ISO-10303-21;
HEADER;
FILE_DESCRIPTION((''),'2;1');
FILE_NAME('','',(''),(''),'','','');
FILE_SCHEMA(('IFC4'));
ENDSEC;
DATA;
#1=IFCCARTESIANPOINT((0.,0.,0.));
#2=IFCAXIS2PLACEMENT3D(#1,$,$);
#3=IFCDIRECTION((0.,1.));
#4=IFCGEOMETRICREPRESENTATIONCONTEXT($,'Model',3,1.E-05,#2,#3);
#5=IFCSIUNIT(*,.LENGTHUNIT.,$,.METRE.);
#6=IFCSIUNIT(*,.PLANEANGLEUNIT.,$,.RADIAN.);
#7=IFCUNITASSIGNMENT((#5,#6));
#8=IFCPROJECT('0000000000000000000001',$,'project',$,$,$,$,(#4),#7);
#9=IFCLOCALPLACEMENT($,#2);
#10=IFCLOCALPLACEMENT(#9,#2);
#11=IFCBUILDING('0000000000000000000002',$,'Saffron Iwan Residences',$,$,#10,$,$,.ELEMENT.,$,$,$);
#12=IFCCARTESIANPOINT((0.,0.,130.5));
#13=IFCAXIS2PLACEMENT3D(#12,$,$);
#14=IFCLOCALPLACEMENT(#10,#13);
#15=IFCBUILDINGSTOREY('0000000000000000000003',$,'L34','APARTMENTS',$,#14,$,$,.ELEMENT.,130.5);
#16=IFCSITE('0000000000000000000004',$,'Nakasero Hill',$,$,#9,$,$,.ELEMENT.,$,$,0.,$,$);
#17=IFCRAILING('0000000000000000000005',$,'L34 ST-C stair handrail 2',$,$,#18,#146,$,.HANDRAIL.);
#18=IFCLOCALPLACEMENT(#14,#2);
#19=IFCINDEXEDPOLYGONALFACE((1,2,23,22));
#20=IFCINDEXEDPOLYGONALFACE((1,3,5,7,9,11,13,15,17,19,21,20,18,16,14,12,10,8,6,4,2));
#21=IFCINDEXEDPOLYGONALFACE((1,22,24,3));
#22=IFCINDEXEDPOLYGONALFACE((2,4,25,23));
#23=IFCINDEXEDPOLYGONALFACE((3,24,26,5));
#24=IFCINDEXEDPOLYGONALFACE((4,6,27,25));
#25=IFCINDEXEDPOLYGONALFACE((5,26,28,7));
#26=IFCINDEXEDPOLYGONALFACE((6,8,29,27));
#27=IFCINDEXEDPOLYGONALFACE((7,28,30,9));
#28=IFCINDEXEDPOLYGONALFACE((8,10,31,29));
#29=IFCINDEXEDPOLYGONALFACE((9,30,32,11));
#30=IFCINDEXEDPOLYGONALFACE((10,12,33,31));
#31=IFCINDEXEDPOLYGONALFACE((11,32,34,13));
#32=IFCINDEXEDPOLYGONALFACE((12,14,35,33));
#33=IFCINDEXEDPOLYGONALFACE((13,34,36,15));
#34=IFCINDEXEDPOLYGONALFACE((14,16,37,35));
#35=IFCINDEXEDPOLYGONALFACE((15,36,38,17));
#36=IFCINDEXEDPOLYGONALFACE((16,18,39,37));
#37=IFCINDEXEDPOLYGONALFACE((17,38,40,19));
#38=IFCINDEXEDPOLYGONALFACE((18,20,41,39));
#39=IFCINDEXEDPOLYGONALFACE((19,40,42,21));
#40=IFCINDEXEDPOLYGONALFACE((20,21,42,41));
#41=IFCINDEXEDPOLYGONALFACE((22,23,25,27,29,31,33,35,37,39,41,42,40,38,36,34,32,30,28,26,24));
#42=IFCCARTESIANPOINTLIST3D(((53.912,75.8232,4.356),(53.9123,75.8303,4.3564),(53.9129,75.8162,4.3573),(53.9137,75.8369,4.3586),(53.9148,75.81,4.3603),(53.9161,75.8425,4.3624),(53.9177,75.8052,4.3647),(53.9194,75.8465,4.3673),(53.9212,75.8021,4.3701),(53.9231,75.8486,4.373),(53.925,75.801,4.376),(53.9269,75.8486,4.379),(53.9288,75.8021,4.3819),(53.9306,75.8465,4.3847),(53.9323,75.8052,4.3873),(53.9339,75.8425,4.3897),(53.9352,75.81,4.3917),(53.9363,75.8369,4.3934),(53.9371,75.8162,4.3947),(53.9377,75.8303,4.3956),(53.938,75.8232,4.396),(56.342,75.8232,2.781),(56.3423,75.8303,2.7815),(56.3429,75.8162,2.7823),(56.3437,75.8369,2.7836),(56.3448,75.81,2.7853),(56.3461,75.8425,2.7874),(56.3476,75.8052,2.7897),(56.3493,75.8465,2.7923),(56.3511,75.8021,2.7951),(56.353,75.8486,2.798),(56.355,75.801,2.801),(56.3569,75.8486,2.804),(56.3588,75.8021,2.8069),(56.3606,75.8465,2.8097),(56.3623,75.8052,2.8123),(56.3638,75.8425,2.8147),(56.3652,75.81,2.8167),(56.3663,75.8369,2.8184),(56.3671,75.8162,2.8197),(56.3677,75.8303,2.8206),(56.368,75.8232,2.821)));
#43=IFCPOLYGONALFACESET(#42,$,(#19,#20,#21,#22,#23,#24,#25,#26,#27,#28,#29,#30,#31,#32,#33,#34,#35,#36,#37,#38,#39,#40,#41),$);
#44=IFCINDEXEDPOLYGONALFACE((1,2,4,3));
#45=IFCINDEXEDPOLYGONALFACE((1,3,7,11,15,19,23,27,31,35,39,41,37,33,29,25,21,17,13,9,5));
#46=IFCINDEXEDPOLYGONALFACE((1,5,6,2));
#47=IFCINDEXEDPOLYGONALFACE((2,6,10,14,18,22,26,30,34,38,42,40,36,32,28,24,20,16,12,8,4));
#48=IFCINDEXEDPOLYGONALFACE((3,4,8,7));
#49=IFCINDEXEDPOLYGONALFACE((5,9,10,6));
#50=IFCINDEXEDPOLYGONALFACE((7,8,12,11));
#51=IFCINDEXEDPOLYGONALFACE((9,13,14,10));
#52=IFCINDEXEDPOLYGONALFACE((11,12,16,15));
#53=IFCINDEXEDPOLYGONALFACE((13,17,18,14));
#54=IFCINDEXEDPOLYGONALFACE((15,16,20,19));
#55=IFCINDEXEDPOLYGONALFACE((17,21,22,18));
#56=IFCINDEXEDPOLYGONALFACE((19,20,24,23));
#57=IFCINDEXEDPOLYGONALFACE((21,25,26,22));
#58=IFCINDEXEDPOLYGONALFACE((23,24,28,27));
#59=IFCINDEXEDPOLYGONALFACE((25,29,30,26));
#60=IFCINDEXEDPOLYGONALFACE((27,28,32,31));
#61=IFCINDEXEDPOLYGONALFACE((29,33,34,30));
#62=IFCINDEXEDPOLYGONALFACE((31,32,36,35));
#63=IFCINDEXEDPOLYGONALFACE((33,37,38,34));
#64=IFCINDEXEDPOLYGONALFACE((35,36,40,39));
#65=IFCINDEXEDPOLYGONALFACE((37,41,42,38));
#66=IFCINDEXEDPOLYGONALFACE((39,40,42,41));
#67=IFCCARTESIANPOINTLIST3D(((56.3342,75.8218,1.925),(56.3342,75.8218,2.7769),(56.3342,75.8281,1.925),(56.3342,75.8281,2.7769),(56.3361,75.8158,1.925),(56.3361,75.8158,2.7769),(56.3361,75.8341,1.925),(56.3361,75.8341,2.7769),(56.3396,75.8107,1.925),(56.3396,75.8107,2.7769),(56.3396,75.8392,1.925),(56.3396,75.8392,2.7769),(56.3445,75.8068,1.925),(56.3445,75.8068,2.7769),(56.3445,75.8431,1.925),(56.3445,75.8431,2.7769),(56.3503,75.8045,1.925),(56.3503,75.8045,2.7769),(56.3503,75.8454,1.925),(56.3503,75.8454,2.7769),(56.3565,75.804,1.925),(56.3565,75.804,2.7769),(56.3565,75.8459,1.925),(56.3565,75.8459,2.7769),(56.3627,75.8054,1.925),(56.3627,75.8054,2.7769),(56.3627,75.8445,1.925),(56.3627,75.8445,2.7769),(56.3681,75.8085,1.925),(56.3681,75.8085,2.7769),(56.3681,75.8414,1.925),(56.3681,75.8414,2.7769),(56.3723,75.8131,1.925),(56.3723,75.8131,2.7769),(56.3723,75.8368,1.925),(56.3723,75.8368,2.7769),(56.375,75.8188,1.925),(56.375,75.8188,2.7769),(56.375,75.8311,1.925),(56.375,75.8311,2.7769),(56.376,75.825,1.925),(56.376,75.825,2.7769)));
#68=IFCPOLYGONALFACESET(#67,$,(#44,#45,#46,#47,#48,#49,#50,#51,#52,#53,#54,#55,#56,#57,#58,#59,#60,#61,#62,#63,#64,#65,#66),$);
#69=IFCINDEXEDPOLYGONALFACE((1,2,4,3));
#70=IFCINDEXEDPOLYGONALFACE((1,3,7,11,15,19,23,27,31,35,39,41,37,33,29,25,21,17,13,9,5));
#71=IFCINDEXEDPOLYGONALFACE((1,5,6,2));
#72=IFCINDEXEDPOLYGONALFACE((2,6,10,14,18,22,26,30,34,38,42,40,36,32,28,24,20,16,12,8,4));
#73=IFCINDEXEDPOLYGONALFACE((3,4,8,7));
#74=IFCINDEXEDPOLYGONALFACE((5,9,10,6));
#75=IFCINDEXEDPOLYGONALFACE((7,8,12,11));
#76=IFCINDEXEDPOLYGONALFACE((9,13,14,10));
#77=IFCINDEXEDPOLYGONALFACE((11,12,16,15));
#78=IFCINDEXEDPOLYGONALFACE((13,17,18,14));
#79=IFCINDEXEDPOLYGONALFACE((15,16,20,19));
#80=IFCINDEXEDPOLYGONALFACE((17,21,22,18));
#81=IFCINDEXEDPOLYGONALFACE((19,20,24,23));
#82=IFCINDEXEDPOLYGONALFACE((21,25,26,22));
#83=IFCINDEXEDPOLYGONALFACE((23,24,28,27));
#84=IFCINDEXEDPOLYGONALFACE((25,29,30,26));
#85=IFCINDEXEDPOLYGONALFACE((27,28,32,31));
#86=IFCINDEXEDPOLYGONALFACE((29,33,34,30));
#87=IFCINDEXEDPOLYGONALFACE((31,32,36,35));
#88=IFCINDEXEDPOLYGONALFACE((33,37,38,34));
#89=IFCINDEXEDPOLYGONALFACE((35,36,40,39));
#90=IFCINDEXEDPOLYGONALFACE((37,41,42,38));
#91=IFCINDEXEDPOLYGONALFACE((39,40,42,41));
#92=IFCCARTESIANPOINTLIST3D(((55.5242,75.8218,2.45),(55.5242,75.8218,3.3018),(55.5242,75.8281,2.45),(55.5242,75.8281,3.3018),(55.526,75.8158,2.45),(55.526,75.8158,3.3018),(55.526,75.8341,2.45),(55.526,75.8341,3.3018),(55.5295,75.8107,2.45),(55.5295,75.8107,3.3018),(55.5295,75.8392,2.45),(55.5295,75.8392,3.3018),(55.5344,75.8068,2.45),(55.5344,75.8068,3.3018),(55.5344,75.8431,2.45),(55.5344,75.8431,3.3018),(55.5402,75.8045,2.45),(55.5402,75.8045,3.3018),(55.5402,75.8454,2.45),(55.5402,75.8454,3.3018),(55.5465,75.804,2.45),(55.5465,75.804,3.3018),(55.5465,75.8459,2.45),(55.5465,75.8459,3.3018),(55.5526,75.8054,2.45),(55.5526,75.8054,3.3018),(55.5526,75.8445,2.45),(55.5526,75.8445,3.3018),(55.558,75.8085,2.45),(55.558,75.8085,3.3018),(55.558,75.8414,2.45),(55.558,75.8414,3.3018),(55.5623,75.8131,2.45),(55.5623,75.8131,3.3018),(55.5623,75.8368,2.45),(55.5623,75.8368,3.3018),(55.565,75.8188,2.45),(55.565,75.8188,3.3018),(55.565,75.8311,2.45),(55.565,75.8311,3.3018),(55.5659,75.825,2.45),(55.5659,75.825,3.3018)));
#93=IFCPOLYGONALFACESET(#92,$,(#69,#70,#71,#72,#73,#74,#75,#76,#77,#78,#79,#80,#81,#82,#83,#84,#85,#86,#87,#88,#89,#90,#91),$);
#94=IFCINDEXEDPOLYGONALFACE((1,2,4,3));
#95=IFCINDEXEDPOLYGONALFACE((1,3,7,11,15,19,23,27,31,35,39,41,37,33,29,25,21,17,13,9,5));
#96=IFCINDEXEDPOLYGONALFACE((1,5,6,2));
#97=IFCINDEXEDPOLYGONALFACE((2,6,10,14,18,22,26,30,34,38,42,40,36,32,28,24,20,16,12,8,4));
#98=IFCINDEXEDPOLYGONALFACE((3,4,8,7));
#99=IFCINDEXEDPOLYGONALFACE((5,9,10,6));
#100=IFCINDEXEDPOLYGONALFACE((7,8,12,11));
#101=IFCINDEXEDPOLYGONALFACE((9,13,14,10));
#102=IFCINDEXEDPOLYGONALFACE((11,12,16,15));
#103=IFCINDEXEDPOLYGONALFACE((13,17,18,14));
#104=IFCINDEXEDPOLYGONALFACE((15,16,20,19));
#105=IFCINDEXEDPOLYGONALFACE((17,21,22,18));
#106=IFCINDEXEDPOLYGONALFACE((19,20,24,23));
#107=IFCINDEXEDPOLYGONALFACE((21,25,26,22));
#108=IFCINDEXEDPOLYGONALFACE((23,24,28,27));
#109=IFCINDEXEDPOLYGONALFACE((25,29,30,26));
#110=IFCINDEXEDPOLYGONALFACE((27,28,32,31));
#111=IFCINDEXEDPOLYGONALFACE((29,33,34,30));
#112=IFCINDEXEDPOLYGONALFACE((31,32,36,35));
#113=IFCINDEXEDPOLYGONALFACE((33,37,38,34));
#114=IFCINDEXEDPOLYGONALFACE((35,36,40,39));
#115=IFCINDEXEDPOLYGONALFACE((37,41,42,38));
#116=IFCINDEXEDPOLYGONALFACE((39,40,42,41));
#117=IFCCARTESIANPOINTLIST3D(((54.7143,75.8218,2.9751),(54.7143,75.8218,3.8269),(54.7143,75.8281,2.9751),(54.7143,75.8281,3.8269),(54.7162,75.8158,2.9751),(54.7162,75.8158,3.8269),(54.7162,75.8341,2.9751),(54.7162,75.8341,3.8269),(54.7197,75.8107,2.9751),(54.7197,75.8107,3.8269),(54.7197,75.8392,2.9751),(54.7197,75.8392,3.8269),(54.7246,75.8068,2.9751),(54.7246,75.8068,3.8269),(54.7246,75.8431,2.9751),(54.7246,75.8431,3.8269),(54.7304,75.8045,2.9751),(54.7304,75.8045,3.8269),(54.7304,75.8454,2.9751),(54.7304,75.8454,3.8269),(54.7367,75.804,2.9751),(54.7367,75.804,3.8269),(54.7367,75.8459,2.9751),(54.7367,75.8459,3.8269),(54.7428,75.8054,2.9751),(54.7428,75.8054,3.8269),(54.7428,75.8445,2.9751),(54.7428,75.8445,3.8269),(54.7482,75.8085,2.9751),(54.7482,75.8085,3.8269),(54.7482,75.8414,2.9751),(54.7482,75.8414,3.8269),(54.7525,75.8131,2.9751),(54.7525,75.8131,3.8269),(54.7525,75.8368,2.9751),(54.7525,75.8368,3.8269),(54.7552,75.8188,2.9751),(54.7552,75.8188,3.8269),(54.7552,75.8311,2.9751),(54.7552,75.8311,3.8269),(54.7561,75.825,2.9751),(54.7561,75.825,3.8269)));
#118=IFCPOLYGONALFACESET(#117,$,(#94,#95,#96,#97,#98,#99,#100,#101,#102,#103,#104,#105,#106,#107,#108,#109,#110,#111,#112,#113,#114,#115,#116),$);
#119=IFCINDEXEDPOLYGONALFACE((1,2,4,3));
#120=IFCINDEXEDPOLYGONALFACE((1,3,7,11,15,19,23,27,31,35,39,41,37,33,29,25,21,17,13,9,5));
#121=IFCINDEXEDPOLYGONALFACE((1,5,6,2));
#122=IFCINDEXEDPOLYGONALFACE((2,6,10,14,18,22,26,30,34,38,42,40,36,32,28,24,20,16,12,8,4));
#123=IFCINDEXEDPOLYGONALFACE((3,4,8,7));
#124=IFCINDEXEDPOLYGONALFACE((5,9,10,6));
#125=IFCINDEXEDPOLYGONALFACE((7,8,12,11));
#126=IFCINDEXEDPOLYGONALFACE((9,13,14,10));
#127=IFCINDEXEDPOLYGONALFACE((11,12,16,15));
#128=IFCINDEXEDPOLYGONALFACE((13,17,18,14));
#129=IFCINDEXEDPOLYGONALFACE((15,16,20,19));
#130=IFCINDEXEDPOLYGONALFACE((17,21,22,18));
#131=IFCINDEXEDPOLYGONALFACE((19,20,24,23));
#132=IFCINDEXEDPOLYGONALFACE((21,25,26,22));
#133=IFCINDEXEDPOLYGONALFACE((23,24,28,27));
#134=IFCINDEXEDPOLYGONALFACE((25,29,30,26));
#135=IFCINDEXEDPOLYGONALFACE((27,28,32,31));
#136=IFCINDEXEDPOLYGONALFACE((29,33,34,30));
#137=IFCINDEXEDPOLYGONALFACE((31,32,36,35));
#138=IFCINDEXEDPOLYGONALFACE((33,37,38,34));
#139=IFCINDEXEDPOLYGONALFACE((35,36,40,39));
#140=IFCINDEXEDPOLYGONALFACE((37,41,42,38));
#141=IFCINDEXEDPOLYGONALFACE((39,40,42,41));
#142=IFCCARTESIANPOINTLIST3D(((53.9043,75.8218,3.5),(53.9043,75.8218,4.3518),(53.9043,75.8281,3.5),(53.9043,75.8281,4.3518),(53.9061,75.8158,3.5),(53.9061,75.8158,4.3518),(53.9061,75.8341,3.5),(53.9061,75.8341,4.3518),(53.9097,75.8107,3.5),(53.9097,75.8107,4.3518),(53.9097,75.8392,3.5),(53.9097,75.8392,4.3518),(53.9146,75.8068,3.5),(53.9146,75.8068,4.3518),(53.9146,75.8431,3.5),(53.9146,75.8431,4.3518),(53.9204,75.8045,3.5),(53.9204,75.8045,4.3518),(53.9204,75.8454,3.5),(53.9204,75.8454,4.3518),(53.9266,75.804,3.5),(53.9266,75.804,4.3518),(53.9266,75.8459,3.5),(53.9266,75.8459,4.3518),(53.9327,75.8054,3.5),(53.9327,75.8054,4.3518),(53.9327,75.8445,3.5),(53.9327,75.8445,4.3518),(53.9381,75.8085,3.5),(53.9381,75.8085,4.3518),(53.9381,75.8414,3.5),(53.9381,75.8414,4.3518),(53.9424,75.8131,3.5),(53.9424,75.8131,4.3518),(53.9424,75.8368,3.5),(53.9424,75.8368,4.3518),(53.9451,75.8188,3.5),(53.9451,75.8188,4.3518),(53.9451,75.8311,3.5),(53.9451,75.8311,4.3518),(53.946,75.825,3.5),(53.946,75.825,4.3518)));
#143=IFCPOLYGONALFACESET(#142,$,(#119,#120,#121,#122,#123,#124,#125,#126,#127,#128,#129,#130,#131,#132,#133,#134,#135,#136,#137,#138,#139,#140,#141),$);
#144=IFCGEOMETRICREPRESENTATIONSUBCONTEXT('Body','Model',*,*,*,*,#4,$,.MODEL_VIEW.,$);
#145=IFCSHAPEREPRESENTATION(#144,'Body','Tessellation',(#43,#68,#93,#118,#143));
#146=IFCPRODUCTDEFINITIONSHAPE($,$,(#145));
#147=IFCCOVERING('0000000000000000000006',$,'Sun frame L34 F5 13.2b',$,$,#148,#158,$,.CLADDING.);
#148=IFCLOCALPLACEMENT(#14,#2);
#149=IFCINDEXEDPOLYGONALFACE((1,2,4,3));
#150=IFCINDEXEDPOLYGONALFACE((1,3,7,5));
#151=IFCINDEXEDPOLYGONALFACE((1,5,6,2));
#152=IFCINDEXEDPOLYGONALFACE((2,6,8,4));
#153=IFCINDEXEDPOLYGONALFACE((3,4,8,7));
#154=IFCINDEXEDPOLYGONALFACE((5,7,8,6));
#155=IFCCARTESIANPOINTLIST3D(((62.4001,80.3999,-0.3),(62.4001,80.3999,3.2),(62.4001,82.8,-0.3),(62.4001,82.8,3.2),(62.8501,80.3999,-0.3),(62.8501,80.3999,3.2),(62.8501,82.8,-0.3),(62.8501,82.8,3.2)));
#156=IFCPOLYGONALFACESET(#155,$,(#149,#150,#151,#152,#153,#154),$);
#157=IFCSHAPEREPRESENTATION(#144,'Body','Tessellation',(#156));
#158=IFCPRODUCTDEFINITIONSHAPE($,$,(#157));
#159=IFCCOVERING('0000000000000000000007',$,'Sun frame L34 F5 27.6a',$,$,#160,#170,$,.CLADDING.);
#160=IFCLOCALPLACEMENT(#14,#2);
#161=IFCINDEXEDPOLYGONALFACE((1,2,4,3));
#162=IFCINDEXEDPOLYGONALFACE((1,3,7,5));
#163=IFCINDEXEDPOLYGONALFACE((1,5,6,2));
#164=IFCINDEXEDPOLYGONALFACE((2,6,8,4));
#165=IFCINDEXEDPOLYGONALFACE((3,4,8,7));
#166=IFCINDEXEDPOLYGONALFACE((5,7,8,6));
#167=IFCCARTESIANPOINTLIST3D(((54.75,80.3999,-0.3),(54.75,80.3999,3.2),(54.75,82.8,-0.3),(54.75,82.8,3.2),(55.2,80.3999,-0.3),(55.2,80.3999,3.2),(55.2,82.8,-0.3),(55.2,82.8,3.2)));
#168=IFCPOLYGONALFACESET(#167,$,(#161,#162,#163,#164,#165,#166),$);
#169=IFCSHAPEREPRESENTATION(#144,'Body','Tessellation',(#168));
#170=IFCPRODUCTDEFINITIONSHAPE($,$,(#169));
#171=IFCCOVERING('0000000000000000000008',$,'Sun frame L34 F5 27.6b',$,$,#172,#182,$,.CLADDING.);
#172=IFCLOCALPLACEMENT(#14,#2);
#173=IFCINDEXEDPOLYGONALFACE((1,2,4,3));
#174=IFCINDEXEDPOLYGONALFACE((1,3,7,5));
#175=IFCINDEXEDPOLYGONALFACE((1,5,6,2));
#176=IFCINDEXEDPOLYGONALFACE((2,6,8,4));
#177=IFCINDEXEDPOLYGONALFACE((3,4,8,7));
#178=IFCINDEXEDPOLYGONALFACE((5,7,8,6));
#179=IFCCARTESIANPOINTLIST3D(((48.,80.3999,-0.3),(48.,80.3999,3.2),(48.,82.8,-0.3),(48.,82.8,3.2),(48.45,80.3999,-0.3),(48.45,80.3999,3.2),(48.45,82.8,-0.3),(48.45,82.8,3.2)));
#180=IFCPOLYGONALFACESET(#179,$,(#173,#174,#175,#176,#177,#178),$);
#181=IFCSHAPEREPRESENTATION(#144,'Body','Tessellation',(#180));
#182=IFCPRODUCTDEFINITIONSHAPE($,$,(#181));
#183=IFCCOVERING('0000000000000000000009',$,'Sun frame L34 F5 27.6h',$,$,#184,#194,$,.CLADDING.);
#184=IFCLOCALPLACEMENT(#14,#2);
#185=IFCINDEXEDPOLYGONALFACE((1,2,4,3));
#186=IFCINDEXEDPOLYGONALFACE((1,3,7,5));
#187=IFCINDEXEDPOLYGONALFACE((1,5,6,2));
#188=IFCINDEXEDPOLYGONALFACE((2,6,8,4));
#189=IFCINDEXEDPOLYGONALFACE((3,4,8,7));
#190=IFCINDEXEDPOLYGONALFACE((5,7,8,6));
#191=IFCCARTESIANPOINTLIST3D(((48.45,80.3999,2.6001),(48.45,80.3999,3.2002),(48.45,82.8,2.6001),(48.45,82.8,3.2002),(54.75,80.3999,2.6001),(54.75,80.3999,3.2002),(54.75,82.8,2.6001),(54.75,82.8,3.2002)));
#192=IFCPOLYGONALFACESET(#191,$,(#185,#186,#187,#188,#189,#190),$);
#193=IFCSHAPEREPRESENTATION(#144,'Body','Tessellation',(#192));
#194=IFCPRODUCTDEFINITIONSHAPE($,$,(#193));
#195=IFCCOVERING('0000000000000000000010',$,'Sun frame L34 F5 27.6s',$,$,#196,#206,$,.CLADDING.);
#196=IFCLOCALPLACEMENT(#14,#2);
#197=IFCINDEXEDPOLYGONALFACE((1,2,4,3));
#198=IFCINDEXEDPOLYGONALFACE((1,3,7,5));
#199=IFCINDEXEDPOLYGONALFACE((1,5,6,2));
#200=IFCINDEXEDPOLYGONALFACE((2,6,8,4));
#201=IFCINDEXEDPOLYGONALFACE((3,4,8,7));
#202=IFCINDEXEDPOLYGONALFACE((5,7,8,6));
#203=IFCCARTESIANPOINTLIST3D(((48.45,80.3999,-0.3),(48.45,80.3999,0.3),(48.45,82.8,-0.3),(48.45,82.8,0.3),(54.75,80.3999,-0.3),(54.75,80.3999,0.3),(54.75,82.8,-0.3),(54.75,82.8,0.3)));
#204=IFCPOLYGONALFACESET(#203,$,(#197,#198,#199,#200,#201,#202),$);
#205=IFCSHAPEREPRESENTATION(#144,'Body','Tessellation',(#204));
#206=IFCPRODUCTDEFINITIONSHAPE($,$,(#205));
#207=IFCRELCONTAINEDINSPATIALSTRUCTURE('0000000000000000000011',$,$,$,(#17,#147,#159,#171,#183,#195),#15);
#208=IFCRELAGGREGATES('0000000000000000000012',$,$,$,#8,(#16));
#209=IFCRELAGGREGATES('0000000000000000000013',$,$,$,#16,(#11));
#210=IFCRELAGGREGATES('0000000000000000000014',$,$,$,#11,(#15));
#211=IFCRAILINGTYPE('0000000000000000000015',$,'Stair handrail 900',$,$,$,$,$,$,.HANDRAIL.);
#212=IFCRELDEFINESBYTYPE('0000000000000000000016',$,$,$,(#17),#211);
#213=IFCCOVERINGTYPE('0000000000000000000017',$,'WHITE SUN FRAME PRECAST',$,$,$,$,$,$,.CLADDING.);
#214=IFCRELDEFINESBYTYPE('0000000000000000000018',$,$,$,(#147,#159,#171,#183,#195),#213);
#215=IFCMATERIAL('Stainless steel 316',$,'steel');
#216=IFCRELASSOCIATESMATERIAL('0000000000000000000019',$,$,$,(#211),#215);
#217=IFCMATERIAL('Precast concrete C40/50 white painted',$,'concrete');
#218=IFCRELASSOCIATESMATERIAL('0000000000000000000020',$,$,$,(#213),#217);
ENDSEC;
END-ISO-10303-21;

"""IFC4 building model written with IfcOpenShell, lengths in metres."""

from ifc_helpers import new_model, si_unit, direction, frame, origin, origin_2d, place, context, subcontext, project, spatial, polyline, circle, outline, extrude, material, type_object, element, save


model = new_model("IFC4")

# Units and contexts
model_context = context("Model", 3, precision=1e-05, world=origin(), true_north=direction((0.0, 1.0)))
body_context = subcontext(model_context, "Body", "Model", "MODEL_VIEW")
ifc_project = project(units=[si_unit("LENGTHUNIT", "METRE"), si_unit("PLANEANGLEUNIT", "RADIAN")], contexts=[model_context])

# Site, building, storey
site_placement = place(None, origin())
site = spatial("IfcSite", under=ifc_project, at=site_placement, Name="Nakasero Hill", CompositionType="ELEMENT", RefElevation=0.0)
building_placement = place(site_placement, origin())
building = spatial("IfcBuilding", under=site, at=building_placement, Name="Saffron Iwan Residences", CompositionType="ELEMENT")
storey_placement = place(building_placement, frame((0.0, 0.0, 130.5)))
storey = spatial("IfcBuildingStorey", under=building, at=storey_placement, Name="L34", Description="APARTMENTS", CompositionType="ELEMENT", Elevation=130.5)

# Railing
ifc_material_1 = material(Name="Stainless steel 316", Category="steel")
railing_type_1 = type_object("IfcRailingType", Name="Stair handrail 900", PredefinedType="HANDRAIL", material=ifc_material_1)
railing_1_placement = place(storey_placement, frame((56.355, 75.825, 1.925)))
element("IfcRailing", 1, at=railing_1_placement, inside=storey, type_object=railing_type_1, Name="L34 ST-C stair handrail 2", PredefinedType="HANDRAIL", context=body_context, shape_type="SweptSolid", body=[
    extrude(circle(Radius=0.0239, at=origin_2d()), frame((0.0, 0.0, 0.876), z_axis=(-0.839154, 0.0, 0.543894), x_axis=(0.0, -1.0, 0.0)), (0.0, 0.0, 1.0), 2.8958),
    extrude(circle(Radius=0.021, at=origin_2d()), origin(), (0.0, 0.0, 1.0), 0.8518),
    extrude(circle(Radius=0.021, at=origin_2d()), frame((-0.8101, 0.0, 0.5249)), (0.0, 0.0, 1.0), 0.8518),
    extrude(circle(Radius=0.021, at=origin_2d()), frame((-1.6199, 0.0, 1.05)), (0.0, 0.0, 1.0), 0.8518),
    extrude(circle(Radius=0.021, at=origin_2d()), frame((-2.4299, 0.0, 1.575)), (0.0, 0.0, 1.0), 0.8518),
])

# Coverings
ifc_material_2 = material(Name="Precast concrete C40/50 white painted", Category="concrete")
covering_type_1 = type_object("IfcCoveringType", Name="WHITE SUN FRAME PRECAST", PredefinedType="CLADDING", material=ifc_material_2)
for number, where, z_axis, x_axis, name in (
    (2, (62.8501, 80.3999, -0.3), (0.0, 1.0, 0.0), (-1.0, 0.0, 0.0), "Sun frame L34 F5 13.2b"),
    (3, (55.2, 80.3999, -0.3), (0.0, 1.0, 0.0), (-1.0, 0.0, 0.0), "Sun frame L34 F5 27.6a"),
    (4, (48.45, 80.3999, -0.3), (0.0, 1.0, 0.0), (-1.0, 0.0, 0.0), "Sun frame L34 F5 27.6b"),
):
    element("IfcCovering", number, at=place(storey_placement, frame(where, z_axis=z_axis, x_axis=x_axis)), inside=storey, type_object=covering_type_1, Name=name, PredefinedType="CLADDING", context=body_context, shape_type="SweptSolid", body=[
        extrude(outline(polyline([(0.0, 0.0), (0.45, 0.0), (0.45, 3.5), (0.0, 3.5), (0.0, 0.0)])), origin(), (0.0, 0.0, 1.0), 2.4001),
    ])
for number, where, z_axis, x_axis, name in (
    (5, (54.75, 80.3999, 2.6001), (0.0, 1.0, 0.0), (-1.0, 0.0, 0.0), "Sun frame L34 F5 27.6h"),
    (6, (54.75, 80.3999, -0.3), (0.0, 1.0, 0.0), (-1.0, 0.0, 0.0), "Sun frame L34 F5 27.6s"),
):
    element("IfcCovering", number, at=place(storey_placement, frame(where, z_axis=z_axis, x_axis=x_axis)), inside=storey, type_object=covering_type_1, Name=name, PredefinedType="CLADDING", context=body_context, shape_type="SweptSolid", body=[
        extrude(outline(polyline([(0.0, 0.0), (6.3, 0.0), (6.3, 0.6001), (0.0, 0.6001), (0.0, 0.0)])), origin(), (0.0, 0.0, 1.0), 2.4001),
    ])

save(model, "model.ifc")
